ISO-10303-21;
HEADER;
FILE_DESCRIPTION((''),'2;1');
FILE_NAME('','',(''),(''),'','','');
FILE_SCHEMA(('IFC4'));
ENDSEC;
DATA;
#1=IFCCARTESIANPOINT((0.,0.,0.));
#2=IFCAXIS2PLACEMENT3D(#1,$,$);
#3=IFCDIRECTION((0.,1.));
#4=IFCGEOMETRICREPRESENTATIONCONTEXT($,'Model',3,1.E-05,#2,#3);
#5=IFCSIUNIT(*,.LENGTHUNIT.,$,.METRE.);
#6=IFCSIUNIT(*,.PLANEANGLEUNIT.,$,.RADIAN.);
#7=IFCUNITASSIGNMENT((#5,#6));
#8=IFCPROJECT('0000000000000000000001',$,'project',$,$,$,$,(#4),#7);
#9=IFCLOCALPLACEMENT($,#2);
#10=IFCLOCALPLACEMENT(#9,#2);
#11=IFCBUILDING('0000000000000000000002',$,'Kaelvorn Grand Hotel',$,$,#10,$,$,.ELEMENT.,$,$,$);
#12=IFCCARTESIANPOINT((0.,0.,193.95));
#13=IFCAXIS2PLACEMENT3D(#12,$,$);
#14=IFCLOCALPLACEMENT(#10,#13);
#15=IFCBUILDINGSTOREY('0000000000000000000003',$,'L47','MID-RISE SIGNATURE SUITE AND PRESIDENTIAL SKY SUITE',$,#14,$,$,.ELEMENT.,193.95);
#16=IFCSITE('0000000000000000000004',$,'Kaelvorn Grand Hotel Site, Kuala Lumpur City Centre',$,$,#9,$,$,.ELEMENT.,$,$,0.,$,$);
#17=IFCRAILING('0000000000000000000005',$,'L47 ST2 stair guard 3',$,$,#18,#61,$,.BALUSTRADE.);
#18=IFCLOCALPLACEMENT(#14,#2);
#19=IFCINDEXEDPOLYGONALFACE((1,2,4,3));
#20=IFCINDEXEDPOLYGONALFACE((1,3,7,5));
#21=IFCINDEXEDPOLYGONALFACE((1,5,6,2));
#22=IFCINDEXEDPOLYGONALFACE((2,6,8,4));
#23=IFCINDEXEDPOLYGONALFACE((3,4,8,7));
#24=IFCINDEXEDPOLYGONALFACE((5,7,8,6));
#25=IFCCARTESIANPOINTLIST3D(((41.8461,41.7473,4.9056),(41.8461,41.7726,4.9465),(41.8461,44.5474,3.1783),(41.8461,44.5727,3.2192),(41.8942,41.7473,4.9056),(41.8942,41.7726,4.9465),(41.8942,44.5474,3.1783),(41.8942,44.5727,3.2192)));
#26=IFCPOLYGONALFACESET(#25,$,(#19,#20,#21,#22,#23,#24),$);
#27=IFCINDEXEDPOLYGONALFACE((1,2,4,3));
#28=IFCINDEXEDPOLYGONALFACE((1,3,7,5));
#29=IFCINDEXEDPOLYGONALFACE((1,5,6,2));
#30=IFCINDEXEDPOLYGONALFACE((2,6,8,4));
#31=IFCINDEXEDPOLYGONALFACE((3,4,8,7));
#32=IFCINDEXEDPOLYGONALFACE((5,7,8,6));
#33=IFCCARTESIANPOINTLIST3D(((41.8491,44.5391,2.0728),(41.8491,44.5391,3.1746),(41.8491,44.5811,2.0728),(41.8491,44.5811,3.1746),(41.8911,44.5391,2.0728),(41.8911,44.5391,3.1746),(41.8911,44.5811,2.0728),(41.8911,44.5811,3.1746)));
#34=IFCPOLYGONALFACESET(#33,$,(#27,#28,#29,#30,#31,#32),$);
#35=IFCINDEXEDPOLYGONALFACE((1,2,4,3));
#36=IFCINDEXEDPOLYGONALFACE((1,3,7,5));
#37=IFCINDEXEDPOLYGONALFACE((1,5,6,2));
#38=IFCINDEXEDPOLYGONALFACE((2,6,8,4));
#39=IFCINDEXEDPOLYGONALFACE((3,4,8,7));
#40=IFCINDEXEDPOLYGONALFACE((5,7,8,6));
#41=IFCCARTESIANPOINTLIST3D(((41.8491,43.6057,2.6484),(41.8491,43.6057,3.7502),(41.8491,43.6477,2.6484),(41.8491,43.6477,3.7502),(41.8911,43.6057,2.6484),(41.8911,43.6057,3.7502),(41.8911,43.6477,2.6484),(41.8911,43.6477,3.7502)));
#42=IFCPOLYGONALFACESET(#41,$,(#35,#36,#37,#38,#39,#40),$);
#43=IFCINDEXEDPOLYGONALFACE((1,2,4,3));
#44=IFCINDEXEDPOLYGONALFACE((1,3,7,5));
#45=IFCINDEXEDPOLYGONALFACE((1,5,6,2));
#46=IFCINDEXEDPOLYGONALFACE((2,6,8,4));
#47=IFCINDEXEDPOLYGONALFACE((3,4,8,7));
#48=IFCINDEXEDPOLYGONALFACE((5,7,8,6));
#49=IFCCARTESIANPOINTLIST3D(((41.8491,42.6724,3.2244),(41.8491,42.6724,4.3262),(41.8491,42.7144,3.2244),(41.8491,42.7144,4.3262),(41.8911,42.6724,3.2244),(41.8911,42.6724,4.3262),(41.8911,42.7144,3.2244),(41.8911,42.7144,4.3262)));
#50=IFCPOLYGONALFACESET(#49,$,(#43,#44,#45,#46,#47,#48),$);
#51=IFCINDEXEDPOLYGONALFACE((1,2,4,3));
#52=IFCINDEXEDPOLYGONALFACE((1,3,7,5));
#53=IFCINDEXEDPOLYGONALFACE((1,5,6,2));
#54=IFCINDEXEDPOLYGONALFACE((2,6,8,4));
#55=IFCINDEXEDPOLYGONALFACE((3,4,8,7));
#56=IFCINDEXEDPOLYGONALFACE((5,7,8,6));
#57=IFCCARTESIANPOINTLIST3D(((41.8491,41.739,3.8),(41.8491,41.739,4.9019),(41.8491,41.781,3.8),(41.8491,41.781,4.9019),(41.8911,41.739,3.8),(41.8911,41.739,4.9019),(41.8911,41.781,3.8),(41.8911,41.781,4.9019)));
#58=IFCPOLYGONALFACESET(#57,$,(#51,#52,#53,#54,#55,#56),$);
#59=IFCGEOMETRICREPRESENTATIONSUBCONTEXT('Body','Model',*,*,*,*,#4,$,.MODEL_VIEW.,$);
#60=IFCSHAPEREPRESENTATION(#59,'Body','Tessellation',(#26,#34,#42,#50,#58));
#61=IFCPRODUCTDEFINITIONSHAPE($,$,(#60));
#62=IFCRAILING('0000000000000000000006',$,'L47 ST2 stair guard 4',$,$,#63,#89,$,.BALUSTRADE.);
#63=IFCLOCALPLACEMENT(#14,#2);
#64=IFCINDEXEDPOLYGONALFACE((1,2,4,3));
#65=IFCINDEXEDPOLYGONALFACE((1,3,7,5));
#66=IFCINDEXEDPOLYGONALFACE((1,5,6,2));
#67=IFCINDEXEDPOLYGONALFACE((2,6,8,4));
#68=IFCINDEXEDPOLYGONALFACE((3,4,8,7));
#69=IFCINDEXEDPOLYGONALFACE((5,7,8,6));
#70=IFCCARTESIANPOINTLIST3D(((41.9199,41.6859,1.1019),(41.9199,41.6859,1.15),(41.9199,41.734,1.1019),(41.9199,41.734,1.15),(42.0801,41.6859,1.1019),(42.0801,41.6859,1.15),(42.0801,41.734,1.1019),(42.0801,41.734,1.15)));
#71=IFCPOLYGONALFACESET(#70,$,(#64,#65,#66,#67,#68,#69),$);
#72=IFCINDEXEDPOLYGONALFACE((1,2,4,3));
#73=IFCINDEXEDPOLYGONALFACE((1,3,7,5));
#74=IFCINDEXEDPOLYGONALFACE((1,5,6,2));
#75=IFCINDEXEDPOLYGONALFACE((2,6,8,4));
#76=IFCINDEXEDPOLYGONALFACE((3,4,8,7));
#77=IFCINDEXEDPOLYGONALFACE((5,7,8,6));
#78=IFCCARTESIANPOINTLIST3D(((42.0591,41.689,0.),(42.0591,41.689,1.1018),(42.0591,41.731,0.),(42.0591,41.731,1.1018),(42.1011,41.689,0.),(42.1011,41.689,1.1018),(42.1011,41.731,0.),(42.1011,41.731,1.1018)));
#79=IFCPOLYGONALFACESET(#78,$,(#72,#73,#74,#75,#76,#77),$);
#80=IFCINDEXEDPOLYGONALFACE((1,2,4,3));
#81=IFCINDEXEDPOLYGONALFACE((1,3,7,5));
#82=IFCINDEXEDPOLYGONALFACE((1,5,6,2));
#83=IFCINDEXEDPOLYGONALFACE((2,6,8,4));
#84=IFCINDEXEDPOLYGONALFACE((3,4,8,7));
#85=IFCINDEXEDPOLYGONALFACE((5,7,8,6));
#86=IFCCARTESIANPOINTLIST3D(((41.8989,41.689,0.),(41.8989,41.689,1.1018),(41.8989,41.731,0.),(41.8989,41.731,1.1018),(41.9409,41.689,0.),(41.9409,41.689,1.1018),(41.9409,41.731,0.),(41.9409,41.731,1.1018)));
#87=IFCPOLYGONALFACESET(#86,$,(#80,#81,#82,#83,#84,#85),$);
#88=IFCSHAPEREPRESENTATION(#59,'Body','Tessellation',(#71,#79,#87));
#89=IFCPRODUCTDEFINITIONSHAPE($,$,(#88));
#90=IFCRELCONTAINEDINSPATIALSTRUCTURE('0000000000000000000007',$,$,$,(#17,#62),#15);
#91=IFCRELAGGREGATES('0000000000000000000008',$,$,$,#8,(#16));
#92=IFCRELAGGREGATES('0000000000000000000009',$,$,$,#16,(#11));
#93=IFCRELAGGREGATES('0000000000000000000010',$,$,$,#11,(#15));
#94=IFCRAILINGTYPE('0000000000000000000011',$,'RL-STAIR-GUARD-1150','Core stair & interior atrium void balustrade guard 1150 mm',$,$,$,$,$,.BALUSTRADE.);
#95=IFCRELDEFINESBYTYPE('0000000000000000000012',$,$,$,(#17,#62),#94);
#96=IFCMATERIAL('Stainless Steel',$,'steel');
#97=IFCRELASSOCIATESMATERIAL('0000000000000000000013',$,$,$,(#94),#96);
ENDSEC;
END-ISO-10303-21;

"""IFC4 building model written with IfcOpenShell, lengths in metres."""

from ifc_helpers import new_model, si_unit, direction, frame, origin, origin_2d, place, context, subcontext, project, spatial, rectangle, extrude, material, type_object, element, save


model = new_model("IFC4")

# Units and contexts
model_context = context("Model", 3, precision=1e-05, world=origin(), true_north=direction((0.0, 1.0)))
body_context = subcontext(model_context, "Body", "Model", "MODEL_VIEW")
ifc_project = project(units=[si_unit("LENGTHUNIT", "METRE"), si_unit("PLANEANGLEUNIT", "RADIAN")], contexts=[model_context])

# Site, building, storey
site_placement = place(None, origin())
site = spatial("IfcSite", under=ifc_project, at=site_placement, Name="Kaelvorn Grand Hotel Site, Kuala Lumpur City Centre", CompositionType="ELEMENT", RefElevation=0.0)
building_placement = place(site_placement, origin())
building = spatial("IfcBuilding", under=site, at=building_placement, Name="Kaelvorn Grand Hotel", CompositionType="ELEMENT")
storey_placement = place(building_placement, frame((0.0, 0.0, 193.95)))
storey = spatial("IfcBuildingStorey", under=building, at=storey_placement, Name="L47", Description="MID-RISE SIGNATURE SUITE AND PRESIDENTIAL SKY SUITE", CompositionType="ELEMENT", Elevation=193.95)

# Railings
ifc_material_1 = material(Name="Stainless Steel", Category="steel")
railing_type_1 = type_object("IfcRailingType", Name="RL-STAIR-GUARD-1150", Description="Core stair & interior atrium void balustrade guard 1150 mm", PredefinedType="BALUSTRADE", material=ifc_material_1)
railing_1_placement = place(storey_placement, frame((41.8701, 44.5601, 2.0728)))
element("IfcRailing", 1, at=railing_1_placement, inside=storey, type_object=railing_type_1, Name="L47 ST2 stair guard 3", PredefinedType="BALUSTRADE", context=body_context, shape_type="SweptSolid", body=[
    extrude(rectangle(XDim=0.0481, YDim=0.0481, at=origin_2d()), frame((0.0, 0.0, 1.126), z_axis=(0.0, -0.85109, 0.52502), x_axis=(1.0, 0.0, 0.0)), (0.0, 0.0, 1.0), 3.29),
    extrude(rectangle(XDim=0.042, YDim=0.042, at=origin_2d()), origin(), (0.0, 0.0, 1.0), 1.1018),
    extrude(rectangle(XDim=0.042, YDim=0.042, at=origin_2d()), frame((0.0, -0.9333, 0.5757)), (0.0, 0.0, 1.0), 1.1018),
    extrude(rectangle(XDim=0.042, YDim=0.042, at=origin_2d()), frame((0.0, -1.8667, 1.1516)), (0.0, 0.0, 1.0), 1.1018),
    extrude(rectangle(XDim=0.042, YDim=0.042, at=origin_2d()), frame((0.0, -2.8, 1.7273)), (0.0, 0.0, 1.0), 1.1018),
])
railing_2_placement = place(storey_placement, frame((42.0801, 41.71, 0.0)))
element("IfcRailing", 2, at=railing_2_placement, inside=storey, type_object=railing_type_1, Name="L47 ST2 stair guard 4", PredefinedType="BALUSTRADE", context=body_context, shape_type="SweptSolid", body=[
    extrude(rectangle(XDim=0.0481, YDim=0.0481, at=origin_2d()), frame((0.0, 0.0, 1.126), z_axis=(-1.0, 0.0, 0.0), x_axis=(0.0, -1.0, 0.0)), (0.0, 0.0, 1.0), 0.1602),
    extrude(rectangle(XDim=0.042, YDim=0.042, at=origin_2d()), origin(), (0.0, 0.0, 1.0), 1.1018),
    extrude(rectangle(XDim=0.042, YDim=0.042, at=origin_2d()), frame((-0.1602, 0.0, 0.0)), (0.0, 0.0, 1.0), 1.1018),
])

save(model, "model.ifc")
